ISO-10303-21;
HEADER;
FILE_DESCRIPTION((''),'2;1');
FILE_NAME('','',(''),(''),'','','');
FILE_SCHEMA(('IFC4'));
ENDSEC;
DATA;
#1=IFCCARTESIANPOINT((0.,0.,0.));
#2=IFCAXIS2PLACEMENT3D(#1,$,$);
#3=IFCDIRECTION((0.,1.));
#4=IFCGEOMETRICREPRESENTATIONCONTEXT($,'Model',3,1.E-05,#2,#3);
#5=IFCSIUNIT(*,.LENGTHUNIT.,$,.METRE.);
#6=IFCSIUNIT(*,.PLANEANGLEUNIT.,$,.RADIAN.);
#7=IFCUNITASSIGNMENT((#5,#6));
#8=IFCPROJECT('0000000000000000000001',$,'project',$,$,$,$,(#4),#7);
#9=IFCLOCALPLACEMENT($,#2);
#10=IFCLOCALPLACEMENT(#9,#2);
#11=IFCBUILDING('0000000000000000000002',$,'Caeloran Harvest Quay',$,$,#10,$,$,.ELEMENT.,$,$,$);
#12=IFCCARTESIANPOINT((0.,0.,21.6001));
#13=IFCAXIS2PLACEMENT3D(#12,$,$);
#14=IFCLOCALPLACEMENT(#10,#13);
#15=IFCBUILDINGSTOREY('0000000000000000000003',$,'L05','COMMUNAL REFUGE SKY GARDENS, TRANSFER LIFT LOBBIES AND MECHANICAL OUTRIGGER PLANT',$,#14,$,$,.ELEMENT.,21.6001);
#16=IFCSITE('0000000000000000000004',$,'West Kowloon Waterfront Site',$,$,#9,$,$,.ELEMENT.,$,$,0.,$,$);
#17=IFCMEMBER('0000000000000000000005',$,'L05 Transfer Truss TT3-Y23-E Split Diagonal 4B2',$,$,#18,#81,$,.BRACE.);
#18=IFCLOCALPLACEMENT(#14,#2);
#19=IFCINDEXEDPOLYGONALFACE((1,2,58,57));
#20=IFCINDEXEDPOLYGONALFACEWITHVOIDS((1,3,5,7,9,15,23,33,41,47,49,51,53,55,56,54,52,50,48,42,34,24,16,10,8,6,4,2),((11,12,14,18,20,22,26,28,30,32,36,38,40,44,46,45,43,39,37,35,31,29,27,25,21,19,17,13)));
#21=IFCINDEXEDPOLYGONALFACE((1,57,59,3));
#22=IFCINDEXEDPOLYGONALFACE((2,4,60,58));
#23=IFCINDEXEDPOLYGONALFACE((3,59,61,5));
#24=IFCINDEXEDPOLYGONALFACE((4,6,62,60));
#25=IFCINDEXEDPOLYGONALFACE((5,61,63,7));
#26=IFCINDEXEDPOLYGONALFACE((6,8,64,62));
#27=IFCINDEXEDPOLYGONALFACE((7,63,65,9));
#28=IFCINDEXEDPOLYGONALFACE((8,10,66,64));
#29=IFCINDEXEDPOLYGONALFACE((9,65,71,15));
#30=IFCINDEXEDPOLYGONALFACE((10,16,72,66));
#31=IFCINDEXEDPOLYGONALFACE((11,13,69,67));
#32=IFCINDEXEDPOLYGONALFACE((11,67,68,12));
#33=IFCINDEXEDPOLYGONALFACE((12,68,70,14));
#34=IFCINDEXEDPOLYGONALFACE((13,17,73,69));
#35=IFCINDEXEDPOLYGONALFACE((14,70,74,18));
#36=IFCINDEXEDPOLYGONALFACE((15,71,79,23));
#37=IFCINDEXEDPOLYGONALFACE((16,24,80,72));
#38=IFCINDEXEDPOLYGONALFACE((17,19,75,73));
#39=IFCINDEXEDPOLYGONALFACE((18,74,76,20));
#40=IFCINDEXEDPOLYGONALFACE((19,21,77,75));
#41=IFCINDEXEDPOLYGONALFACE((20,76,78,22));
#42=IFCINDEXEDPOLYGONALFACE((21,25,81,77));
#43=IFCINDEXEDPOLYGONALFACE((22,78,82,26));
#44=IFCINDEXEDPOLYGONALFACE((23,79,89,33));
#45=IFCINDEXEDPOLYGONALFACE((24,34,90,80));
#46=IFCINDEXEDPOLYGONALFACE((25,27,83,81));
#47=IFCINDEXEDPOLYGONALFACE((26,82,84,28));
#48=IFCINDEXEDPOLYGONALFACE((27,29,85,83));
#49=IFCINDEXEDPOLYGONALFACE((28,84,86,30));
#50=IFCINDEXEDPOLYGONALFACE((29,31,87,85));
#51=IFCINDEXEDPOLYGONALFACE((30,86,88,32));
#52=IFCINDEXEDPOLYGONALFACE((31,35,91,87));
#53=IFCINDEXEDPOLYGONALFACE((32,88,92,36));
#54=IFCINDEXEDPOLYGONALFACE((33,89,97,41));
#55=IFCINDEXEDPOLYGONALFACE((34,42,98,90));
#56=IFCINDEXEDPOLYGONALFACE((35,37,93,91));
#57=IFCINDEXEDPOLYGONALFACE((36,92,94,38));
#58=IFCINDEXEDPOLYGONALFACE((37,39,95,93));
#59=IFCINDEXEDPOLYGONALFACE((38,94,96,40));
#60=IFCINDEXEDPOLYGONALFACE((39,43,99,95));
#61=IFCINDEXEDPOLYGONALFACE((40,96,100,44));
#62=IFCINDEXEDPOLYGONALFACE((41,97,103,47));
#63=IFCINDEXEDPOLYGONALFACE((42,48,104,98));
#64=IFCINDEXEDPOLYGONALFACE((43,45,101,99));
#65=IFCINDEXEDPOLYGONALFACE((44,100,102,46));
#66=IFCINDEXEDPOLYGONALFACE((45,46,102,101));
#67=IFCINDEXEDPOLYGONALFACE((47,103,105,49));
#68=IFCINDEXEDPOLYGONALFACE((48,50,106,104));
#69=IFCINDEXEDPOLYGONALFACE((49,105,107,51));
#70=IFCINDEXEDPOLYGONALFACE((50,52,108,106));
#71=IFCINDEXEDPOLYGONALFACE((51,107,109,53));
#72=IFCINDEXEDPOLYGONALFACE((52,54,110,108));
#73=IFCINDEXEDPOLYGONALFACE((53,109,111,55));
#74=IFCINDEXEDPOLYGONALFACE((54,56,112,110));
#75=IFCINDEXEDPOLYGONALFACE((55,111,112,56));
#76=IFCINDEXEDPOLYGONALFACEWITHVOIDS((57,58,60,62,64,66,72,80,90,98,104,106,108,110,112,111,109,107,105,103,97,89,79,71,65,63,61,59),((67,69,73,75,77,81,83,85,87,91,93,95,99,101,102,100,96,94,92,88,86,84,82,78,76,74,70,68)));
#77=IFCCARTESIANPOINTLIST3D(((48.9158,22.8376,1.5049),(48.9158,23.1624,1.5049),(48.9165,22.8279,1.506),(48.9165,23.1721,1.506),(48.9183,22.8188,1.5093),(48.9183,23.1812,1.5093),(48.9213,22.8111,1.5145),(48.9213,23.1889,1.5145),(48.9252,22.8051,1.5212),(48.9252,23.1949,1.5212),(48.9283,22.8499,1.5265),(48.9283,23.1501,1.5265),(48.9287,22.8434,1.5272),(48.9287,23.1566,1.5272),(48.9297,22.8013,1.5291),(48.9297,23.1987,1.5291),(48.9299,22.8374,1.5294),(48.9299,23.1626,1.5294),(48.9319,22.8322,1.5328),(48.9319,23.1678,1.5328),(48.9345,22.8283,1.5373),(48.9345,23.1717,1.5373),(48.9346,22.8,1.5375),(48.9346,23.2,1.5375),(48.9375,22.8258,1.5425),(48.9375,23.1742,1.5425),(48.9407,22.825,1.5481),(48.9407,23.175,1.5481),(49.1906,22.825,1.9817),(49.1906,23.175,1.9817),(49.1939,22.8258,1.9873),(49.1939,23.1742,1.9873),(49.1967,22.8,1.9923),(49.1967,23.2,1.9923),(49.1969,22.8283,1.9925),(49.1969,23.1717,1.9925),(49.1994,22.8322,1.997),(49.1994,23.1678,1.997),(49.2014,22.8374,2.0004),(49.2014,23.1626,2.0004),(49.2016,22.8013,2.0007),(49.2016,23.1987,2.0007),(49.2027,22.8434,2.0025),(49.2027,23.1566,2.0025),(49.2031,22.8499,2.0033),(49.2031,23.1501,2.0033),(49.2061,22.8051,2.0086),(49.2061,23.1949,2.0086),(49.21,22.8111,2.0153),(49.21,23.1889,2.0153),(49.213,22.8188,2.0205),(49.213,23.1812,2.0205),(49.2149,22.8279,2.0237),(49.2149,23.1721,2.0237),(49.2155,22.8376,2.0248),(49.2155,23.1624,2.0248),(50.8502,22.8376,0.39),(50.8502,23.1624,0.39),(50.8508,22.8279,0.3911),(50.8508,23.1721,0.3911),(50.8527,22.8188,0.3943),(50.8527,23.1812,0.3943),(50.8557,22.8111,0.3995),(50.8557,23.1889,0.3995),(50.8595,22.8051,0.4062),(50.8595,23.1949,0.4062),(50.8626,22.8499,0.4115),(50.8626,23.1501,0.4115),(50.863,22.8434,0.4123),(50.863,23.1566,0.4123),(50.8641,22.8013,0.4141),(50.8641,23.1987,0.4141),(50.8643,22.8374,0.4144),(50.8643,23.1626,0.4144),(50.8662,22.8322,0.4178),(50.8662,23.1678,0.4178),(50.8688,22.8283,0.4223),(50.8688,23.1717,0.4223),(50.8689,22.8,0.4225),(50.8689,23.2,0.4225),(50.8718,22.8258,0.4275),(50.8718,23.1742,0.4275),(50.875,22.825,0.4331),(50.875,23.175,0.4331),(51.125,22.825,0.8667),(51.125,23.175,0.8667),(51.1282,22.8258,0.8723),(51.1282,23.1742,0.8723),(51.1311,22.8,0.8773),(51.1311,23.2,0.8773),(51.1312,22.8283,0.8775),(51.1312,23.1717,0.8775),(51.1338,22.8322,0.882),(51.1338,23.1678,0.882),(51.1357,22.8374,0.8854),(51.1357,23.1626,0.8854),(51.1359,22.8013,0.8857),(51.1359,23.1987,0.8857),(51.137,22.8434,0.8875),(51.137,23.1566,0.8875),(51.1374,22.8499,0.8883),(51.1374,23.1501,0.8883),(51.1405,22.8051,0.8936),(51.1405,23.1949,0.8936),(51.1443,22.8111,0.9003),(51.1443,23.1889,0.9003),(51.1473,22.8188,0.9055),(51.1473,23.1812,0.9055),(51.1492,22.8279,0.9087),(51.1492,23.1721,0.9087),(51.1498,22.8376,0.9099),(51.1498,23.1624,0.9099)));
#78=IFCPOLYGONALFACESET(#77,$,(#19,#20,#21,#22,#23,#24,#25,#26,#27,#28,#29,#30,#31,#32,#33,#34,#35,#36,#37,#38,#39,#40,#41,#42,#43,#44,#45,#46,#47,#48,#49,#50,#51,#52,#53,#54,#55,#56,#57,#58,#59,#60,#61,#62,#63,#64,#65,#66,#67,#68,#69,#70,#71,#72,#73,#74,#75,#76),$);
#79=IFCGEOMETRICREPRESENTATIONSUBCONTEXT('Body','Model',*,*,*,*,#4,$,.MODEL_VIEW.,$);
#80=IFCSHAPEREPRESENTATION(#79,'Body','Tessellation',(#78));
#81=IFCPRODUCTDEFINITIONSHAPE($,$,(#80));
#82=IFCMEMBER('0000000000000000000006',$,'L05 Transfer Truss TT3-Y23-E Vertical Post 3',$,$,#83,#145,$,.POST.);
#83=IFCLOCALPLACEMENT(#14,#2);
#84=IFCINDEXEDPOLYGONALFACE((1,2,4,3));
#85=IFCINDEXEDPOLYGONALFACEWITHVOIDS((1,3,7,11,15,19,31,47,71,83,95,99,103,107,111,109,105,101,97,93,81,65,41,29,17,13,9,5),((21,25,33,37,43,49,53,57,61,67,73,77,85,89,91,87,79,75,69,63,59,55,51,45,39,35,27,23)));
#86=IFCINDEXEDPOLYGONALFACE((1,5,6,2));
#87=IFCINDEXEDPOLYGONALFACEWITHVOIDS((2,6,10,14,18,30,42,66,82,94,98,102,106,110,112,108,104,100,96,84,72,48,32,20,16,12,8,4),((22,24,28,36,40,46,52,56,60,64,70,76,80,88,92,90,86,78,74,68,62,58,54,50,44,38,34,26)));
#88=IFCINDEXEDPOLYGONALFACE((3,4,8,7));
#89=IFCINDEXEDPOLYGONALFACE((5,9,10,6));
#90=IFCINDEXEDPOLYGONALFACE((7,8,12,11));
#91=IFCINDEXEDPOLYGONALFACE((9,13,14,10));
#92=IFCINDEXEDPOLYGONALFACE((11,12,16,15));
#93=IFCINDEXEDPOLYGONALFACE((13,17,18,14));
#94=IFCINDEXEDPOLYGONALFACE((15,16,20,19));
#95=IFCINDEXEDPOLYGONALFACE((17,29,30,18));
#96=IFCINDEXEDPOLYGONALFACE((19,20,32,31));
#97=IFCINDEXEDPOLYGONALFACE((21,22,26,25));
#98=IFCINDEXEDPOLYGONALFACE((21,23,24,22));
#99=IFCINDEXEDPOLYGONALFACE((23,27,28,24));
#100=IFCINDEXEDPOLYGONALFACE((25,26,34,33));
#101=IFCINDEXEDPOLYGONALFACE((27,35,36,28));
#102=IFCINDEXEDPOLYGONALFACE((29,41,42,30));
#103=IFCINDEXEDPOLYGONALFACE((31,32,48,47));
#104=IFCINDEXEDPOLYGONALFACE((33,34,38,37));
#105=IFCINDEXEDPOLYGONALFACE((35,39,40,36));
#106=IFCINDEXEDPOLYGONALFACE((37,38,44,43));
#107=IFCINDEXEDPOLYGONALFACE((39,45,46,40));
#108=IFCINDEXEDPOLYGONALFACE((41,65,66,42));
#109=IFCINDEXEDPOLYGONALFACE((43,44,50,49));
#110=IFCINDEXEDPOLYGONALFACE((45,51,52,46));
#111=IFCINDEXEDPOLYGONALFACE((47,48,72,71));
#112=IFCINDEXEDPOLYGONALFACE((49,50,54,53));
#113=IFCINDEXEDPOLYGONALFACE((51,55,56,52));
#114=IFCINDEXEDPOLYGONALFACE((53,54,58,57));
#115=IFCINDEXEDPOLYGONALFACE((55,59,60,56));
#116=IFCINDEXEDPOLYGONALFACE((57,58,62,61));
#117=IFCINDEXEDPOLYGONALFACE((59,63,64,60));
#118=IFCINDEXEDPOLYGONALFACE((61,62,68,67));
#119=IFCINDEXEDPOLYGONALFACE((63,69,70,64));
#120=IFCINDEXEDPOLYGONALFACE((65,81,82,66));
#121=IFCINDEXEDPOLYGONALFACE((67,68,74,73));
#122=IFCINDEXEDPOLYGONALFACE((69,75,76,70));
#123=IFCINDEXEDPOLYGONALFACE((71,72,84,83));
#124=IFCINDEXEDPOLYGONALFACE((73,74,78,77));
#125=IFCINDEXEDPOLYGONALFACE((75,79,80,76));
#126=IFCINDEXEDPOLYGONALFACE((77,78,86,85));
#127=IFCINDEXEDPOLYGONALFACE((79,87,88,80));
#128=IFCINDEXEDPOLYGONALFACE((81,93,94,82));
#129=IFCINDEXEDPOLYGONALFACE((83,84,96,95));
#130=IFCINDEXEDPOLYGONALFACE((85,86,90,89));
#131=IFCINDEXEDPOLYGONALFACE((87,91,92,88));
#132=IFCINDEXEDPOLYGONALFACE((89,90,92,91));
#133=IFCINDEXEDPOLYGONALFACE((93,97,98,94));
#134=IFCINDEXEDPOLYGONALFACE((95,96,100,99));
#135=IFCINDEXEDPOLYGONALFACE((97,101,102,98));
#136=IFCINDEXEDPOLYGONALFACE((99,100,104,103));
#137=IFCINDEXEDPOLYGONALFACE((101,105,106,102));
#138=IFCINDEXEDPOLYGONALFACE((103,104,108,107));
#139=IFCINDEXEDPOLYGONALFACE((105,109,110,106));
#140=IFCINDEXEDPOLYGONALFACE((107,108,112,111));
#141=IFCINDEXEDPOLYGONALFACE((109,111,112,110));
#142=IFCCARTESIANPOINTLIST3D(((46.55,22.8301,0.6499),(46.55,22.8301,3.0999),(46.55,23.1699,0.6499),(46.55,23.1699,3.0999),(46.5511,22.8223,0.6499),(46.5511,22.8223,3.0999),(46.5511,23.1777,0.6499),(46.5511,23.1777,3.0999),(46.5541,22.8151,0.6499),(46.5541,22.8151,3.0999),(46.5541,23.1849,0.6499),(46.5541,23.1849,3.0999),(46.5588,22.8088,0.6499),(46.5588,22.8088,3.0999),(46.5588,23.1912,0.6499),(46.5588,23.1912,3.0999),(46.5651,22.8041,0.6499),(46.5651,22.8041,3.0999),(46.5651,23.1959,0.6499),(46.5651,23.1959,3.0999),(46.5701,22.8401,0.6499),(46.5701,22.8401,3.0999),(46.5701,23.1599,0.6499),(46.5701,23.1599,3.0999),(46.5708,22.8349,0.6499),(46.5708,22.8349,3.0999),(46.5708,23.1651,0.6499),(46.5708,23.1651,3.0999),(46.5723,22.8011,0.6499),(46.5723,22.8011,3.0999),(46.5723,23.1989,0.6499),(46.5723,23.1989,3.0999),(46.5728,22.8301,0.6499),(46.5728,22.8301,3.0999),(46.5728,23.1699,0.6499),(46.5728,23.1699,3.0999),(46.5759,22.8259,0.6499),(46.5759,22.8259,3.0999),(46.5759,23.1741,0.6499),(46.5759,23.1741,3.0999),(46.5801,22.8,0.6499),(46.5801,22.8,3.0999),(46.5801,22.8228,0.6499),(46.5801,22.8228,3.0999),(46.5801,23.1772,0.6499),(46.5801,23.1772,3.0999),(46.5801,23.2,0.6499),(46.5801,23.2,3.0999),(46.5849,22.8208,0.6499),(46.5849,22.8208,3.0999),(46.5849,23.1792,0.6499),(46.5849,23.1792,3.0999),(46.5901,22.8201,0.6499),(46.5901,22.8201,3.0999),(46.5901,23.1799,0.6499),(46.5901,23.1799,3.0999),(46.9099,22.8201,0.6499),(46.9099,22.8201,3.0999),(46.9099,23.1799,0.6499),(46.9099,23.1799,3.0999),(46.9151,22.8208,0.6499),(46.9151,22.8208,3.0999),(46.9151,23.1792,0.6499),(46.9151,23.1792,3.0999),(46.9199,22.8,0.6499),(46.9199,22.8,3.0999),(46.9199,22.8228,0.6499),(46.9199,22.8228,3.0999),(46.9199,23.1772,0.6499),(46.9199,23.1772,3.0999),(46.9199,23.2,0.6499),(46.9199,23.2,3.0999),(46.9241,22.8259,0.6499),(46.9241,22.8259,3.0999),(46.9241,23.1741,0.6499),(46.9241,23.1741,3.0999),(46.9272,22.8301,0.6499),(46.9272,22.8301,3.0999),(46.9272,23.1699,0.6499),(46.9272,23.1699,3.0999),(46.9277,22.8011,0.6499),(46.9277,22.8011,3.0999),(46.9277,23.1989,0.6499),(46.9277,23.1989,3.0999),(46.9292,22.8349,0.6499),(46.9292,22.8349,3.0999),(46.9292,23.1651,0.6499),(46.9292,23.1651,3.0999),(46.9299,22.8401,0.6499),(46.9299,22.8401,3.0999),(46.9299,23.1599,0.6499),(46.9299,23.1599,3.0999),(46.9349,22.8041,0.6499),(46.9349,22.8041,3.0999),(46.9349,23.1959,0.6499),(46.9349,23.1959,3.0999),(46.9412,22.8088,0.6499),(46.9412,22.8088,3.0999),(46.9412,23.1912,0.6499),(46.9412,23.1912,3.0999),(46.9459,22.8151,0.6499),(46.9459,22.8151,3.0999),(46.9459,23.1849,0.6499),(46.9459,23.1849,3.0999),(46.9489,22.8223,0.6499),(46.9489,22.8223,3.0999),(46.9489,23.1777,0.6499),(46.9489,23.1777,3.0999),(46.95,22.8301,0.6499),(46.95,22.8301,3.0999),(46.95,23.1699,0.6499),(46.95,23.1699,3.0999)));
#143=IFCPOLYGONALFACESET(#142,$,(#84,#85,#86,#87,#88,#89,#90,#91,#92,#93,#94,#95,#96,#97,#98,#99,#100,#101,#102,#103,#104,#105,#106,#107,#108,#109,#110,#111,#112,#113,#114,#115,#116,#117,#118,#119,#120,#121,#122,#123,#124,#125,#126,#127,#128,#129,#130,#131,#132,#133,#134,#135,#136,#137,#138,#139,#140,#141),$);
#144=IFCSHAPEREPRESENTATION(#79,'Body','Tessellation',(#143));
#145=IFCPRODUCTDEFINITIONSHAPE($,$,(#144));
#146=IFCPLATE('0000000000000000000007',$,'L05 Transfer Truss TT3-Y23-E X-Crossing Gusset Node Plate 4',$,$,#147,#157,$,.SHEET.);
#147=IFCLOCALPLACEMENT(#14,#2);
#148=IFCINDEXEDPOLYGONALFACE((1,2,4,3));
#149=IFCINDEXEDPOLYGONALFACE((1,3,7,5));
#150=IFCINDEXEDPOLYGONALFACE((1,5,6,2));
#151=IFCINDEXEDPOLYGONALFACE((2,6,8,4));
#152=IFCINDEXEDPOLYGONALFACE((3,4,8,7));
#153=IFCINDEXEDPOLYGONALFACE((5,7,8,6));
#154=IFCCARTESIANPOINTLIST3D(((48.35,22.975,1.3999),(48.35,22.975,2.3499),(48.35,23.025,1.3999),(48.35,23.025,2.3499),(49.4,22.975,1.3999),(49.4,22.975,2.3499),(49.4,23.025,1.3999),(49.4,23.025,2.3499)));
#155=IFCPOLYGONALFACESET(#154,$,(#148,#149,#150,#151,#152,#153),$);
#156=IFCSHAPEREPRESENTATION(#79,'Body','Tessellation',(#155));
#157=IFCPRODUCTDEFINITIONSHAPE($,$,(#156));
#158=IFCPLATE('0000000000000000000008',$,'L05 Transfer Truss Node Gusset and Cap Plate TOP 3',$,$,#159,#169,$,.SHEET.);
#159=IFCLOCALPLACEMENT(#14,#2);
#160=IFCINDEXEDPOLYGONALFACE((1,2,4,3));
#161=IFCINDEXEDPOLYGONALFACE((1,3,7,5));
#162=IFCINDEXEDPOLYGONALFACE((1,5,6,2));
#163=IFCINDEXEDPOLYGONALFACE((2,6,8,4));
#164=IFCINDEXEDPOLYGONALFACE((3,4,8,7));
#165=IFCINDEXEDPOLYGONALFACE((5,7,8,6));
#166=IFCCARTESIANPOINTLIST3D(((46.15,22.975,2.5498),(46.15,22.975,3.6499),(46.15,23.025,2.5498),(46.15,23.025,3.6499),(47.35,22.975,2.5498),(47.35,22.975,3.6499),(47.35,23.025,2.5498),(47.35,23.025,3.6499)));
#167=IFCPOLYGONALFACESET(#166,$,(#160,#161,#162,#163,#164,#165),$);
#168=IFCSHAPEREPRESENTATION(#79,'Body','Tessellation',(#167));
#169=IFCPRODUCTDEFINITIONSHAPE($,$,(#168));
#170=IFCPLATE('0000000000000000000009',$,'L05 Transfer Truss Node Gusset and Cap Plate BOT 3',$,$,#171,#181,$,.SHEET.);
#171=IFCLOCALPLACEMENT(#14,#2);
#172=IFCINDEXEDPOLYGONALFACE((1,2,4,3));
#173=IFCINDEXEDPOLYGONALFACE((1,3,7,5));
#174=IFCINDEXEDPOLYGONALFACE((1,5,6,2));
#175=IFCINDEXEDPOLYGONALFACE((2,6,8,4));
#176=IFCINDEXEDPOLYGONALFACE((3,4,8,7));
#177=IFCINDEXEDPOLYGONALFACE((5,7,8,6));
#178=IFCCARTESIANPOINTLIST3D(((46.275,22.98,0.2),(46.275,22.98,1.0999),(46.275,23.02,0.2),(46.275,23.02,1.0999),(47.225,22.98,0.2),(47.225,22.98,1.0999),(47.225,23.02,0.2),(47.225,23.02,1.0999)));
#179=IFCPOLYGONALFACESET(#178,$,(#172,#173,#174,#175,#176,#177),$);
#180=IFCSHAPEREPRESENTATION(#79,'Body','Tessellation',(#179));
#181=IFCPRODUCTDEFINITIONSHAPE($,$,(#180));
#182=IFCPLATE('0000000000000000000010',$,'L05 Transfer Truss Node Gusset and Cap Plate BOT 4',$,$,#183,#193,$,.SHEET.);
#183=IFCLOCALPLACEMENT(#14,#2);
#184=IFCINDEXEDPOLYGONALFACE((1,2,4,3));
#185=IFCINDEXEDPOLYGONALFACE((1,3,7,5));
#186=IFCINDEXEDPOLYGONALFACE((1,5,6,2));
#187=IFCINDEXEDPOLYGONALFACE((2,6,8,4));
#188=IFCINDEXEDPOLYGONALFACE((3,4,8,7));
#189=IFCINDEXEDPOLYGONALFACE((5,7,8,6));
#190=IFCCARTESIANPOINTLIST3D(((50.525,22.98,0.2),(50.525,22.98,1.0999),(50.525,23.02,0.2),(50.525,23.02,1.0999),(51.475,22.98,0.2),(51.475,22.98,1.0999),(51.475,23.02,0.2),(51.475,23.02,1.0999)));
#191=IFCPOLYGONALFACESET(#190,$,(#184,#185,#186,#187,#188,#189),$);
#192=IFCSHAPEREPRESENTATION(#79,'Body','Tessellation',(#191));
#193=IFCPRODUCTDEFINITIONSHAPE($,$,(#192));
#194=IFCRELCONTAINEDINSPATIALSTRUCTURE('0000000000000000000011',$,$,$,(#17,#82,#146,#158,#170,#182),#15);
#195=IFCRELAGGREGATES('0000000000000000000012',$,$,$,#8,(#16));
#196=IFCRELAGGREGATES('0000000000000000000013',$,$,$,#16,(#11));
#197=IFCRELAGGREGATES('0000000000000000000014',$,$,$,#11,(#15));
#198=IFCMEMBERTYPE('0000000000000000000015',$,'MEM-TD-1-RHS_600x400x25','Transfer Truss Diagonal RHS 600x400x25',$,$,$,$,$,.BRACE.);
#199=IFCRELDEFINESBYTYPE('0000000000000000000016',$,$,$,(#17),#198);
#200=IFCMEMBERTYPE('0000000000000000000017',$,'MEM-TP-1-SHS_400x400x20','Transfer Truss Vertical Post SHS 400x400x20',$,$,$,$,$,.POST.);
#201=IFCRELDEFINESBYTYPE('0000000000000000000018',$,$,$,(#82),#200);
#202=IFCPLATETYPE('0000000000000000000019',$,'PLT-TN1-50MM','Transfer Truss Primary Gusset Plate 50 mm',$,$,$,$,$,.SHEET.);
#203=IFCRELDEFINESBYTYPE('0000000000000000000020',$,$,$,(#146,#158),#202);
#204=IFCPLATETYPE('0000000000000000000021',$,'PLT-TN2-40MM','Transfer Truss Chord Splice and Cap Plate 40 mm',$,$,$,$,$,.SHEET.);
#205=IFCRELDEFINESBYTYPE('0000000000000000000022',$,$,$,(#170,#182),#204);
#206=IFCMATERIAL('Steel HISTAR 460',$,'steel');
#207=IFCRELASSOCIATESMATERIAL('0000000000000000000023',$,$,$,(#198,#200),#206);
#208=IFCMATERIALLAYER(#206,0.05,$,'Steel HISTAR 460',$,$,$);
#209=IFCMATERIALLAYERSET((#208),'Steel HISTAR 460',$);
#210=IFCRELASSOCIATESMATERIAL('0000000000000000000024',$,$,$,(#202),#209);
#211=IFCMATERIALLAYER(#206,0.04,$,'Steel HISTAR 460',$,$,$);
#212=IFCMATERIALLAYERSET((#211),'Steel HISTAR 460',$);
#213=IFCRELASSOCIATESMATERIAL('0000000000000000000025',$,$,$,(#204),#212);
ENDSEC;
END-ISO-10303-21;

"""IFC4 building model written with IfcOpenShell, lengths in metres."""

from ifc_helpers import new_model, si_unit, direction, frame, origin, origin_2d, place, context, subcontext, project, spatial, rectangle, hollow_rectangle, extrude, material, layer, layer_set, material_profile, profile_set, type_object, element, save


model = new_model("IFC4")

# Units and contexts
model_context = context("Model", 3, precision=1e-05, world=origin(), true_north=direction((0.0, 1.0)))
body_context = subcontext(model_context, "Body", "Model", "MODEL_VIEW")
ifc_project = project(units=[si_unit("LENGTHUNIT", "METRE"), si_unit("PLANEANGLEUNIT", "RADIAN")], contexts=[model_context])

# Site, building, storey
site_placement = place(None, origin())
site = spatial("IfcSite", under=ifc_project, at=site_placement, Name="West Kowloon Waterfront Site", CompositionType="ELEMENT", RefElevation=0.0)
building_placement = place(site_placement, origin())
building = spatial("IfcBuilding", under=site, at=building_placement, Name="Caeloran Harvest Quay", CompositionType="ELEMENT")
storey_placement = place(building_placement, frame((0.0, 0.0, 21.6001)))
storey = spatial("IfcBuildingStorey", under=building, at=storey_placement, Name="L05", Description="COMMUNAL REFUGE SKY GARDENS, TRANSFER LIFT LOBBIES AND MECHANICAL OUTRIGGER PLANT", CompositionType="ELEMENT", Elevation=21.6001)

# Members
ifc_material_1 = material(Name="Steel HISTAR 460", Category="steel")
ifc_material_profile_1 = material_profile(ifc_material_1, hollow_rectangle(XDim=0.3999, YDim=0.6001, WallThickness=0.0249, InnerFilletRadius=0.0249, OuterFilletRadius=0.0376, at=origin_2d()), Name="RHS 600x400x25")
ifc_profile_set_1 = profile_set([ifc_material_profile_1], Name="Steel HISTAR 460")
member_type_1 = type_object("IfcMemberType", Name="MEM-TD-1-RHS_600x400x25", Description="Transfer Truss Diagonal RHS 600x400x25", PredefinedType="BRACE", material=ifc_profile_set_1)
for number, where, z_axis, x_axis, name in (
    (1, (49.0657, 23.0, 1.7649), (0.866373, 0.0, -0.499397), (0.0, 1.0, 0.0), "L05 Transfer Truss TT3-Y23-E Split Diagonal 4B2"),
):
    element("IfcMember", number, at=place(storey_placement, frame(where, z_axis=z_axis, x_axis=x_axis)), inside=storey, type_object=member_type_1, Name=name, PredefinedType="BRACE", context=body_context, shape_type="SweptSolid", body=[
        extrude(hollow_rectangle(XDim=0.3999, YDim=0.6001, WallThickness=0.0249, InnerFilletRadius=0.0249, OuterFilletRadius=0.0376, at=origin_2d()), origin(), (0.0, 0.0, 1.0), 2.2327),
    ])
ifc_material_profile_2 = material_profile(ifc_material_1, hollow_rectangle(XDim=0.3999, YDim=0.3999, WallThickness=0.02, InnerFilletRadius=0.02, OuterFilletRadius=0.03, at=origin_2d()), Name="SHS 400x400x20")
ifc_profile_set_2 = profile_set([ifc_material_profile_2], Name="Steel HISTAR 460")
member_type_2 = type_object("IfcMemberType", Name="MEM-TP-1-SHS_400x400x20", Description="Transfer Truss Vertical Post SHS 400x400x20", PredefinedType="POST", material=ifc_profile_set_2)
member_1_placement = place(storey_placement, frame((46.75, 23.0, 0.6499), z_axis=(0.0, 0.0, 1.0), x_axis=(1.0, 0.0, 0.0)))
element("IfcMember", 2, at=member_1_placement, inside=storey, type_object=member_type_2, Name="L05 Transfer Truss TT3-Y23-E Vertical Post 3", PredefinedType="POST", context=body_context, shape_type="SweptSolid", body=[
    extrude(hollow_rectangle(XDim=0.3999, YDim=0.3999, WallThickness=0.02, InnerFilletRadius=0.02, OuterFilletRadius=0.03, at=origin_2d()), origin(), (0.0, 0.0, 1.0), 2.45),
])

# Plates
ifc_layer_1 = layer(ifc_material_1, 0.05, Name="Steel HISTAR 460")
ifc_layer_set_1 = layer_set([ifc_layer_1], Name="Steel HISTAR 460")
plate_type_1 = type_object("IfcPlateType", Name="PLT-TN1-50MM", Description="Transfer Truss Primary Gusset Plate 50 mm", PredefinedType="SHEET", material=ifc_layer_set_1)
plate_1_placement = place(storey_placement, frame((48.875, 23.0, 1.3999), z_axis=(0.0, 0.0, 1.0), x_axis=(1.0, 0.0, 0.0)))
element("IfcPlate", 3, at=plate_1_placement, inside=storey, type_object=plate_type_1, Name="L05 Transfer Truss TT3-Y23-E X-Crossing Gusset Node Plate 4", PredefinedType="SHEET", context=body_context, shape_type="SweptSolid", body=[
    extrude(rectangle(XDim=1.05, YDim=0.05, at=origin_2d()), origin(), (0.0, 0.0, 1.0), 0.95),
])
plate_2_placement = place(storey_placement, frame((46.75, 23.0, 2.5498), z_axis=(0.0, 0.0, 1.0), x_axis=(1.0, 0.0, 0.0)))
element("IfcPlate", 4, at=plate_2_placement, inside=storey, type_object=plate_type_1, Name="L05 Transfer Truss Node Gusset and Cap Plate TOP 3", PredefinedType="SHEET", context=body_context, shape_type="SweptSolid", body=[
    extrude(rectangle(XDim=1.2, YDim=0.05, at=origin_2d()), origin(), (0.0, 0.0, 1.0), 1.1001),
])
ifc_layer_2 = layer(ifc_material_1, 0.04, Name="Steel HISTAR 460")
ifc_layer_set_2 = layer_set([ifc_layer_2], Name="Steel HISTAR 460")
plate_type_2 = type_object("IfcPlateType", Name="PLT-TN2-40MM", Description="Transfer Truss Chord Splice and Cap Plate 40 mm", PredefinedType="SHEET", material=ifc_layer_set_2)
for number, where, z_axis, x_axis, name in (
    (5, (46.75, 23.0, 0.2), (0.0, 0.0, 1.0), (1.0, 0.0, 0.0), "L05 Transfer Truss Node Gusset and Cap Plate BOT 3"),
    (6, (51.0, 23.0, 0.2), (0.0, 0.0, 1.0), (1.0, 0.0, 0.0), "L05 Transfer Truss Node Gusset and Cap Plate BOT 4"),
):
    element("IfcPlate", number, at=place(storey_placement, frame(where, z_axis=z_axis, x_axis=x_axis)), inside=storey, type_object=plate_type_2, Name=name, PredefinedType="SHEET", context=body_context, shape_type="SweptSolid", body=[
        extrude(rectangle(XDim=0.95, YDim=0.04, at=origin_2d()), origin(), (0.0, 0.0, 1.0), 0.8999),
    ])

save(model, "model.ifc")
